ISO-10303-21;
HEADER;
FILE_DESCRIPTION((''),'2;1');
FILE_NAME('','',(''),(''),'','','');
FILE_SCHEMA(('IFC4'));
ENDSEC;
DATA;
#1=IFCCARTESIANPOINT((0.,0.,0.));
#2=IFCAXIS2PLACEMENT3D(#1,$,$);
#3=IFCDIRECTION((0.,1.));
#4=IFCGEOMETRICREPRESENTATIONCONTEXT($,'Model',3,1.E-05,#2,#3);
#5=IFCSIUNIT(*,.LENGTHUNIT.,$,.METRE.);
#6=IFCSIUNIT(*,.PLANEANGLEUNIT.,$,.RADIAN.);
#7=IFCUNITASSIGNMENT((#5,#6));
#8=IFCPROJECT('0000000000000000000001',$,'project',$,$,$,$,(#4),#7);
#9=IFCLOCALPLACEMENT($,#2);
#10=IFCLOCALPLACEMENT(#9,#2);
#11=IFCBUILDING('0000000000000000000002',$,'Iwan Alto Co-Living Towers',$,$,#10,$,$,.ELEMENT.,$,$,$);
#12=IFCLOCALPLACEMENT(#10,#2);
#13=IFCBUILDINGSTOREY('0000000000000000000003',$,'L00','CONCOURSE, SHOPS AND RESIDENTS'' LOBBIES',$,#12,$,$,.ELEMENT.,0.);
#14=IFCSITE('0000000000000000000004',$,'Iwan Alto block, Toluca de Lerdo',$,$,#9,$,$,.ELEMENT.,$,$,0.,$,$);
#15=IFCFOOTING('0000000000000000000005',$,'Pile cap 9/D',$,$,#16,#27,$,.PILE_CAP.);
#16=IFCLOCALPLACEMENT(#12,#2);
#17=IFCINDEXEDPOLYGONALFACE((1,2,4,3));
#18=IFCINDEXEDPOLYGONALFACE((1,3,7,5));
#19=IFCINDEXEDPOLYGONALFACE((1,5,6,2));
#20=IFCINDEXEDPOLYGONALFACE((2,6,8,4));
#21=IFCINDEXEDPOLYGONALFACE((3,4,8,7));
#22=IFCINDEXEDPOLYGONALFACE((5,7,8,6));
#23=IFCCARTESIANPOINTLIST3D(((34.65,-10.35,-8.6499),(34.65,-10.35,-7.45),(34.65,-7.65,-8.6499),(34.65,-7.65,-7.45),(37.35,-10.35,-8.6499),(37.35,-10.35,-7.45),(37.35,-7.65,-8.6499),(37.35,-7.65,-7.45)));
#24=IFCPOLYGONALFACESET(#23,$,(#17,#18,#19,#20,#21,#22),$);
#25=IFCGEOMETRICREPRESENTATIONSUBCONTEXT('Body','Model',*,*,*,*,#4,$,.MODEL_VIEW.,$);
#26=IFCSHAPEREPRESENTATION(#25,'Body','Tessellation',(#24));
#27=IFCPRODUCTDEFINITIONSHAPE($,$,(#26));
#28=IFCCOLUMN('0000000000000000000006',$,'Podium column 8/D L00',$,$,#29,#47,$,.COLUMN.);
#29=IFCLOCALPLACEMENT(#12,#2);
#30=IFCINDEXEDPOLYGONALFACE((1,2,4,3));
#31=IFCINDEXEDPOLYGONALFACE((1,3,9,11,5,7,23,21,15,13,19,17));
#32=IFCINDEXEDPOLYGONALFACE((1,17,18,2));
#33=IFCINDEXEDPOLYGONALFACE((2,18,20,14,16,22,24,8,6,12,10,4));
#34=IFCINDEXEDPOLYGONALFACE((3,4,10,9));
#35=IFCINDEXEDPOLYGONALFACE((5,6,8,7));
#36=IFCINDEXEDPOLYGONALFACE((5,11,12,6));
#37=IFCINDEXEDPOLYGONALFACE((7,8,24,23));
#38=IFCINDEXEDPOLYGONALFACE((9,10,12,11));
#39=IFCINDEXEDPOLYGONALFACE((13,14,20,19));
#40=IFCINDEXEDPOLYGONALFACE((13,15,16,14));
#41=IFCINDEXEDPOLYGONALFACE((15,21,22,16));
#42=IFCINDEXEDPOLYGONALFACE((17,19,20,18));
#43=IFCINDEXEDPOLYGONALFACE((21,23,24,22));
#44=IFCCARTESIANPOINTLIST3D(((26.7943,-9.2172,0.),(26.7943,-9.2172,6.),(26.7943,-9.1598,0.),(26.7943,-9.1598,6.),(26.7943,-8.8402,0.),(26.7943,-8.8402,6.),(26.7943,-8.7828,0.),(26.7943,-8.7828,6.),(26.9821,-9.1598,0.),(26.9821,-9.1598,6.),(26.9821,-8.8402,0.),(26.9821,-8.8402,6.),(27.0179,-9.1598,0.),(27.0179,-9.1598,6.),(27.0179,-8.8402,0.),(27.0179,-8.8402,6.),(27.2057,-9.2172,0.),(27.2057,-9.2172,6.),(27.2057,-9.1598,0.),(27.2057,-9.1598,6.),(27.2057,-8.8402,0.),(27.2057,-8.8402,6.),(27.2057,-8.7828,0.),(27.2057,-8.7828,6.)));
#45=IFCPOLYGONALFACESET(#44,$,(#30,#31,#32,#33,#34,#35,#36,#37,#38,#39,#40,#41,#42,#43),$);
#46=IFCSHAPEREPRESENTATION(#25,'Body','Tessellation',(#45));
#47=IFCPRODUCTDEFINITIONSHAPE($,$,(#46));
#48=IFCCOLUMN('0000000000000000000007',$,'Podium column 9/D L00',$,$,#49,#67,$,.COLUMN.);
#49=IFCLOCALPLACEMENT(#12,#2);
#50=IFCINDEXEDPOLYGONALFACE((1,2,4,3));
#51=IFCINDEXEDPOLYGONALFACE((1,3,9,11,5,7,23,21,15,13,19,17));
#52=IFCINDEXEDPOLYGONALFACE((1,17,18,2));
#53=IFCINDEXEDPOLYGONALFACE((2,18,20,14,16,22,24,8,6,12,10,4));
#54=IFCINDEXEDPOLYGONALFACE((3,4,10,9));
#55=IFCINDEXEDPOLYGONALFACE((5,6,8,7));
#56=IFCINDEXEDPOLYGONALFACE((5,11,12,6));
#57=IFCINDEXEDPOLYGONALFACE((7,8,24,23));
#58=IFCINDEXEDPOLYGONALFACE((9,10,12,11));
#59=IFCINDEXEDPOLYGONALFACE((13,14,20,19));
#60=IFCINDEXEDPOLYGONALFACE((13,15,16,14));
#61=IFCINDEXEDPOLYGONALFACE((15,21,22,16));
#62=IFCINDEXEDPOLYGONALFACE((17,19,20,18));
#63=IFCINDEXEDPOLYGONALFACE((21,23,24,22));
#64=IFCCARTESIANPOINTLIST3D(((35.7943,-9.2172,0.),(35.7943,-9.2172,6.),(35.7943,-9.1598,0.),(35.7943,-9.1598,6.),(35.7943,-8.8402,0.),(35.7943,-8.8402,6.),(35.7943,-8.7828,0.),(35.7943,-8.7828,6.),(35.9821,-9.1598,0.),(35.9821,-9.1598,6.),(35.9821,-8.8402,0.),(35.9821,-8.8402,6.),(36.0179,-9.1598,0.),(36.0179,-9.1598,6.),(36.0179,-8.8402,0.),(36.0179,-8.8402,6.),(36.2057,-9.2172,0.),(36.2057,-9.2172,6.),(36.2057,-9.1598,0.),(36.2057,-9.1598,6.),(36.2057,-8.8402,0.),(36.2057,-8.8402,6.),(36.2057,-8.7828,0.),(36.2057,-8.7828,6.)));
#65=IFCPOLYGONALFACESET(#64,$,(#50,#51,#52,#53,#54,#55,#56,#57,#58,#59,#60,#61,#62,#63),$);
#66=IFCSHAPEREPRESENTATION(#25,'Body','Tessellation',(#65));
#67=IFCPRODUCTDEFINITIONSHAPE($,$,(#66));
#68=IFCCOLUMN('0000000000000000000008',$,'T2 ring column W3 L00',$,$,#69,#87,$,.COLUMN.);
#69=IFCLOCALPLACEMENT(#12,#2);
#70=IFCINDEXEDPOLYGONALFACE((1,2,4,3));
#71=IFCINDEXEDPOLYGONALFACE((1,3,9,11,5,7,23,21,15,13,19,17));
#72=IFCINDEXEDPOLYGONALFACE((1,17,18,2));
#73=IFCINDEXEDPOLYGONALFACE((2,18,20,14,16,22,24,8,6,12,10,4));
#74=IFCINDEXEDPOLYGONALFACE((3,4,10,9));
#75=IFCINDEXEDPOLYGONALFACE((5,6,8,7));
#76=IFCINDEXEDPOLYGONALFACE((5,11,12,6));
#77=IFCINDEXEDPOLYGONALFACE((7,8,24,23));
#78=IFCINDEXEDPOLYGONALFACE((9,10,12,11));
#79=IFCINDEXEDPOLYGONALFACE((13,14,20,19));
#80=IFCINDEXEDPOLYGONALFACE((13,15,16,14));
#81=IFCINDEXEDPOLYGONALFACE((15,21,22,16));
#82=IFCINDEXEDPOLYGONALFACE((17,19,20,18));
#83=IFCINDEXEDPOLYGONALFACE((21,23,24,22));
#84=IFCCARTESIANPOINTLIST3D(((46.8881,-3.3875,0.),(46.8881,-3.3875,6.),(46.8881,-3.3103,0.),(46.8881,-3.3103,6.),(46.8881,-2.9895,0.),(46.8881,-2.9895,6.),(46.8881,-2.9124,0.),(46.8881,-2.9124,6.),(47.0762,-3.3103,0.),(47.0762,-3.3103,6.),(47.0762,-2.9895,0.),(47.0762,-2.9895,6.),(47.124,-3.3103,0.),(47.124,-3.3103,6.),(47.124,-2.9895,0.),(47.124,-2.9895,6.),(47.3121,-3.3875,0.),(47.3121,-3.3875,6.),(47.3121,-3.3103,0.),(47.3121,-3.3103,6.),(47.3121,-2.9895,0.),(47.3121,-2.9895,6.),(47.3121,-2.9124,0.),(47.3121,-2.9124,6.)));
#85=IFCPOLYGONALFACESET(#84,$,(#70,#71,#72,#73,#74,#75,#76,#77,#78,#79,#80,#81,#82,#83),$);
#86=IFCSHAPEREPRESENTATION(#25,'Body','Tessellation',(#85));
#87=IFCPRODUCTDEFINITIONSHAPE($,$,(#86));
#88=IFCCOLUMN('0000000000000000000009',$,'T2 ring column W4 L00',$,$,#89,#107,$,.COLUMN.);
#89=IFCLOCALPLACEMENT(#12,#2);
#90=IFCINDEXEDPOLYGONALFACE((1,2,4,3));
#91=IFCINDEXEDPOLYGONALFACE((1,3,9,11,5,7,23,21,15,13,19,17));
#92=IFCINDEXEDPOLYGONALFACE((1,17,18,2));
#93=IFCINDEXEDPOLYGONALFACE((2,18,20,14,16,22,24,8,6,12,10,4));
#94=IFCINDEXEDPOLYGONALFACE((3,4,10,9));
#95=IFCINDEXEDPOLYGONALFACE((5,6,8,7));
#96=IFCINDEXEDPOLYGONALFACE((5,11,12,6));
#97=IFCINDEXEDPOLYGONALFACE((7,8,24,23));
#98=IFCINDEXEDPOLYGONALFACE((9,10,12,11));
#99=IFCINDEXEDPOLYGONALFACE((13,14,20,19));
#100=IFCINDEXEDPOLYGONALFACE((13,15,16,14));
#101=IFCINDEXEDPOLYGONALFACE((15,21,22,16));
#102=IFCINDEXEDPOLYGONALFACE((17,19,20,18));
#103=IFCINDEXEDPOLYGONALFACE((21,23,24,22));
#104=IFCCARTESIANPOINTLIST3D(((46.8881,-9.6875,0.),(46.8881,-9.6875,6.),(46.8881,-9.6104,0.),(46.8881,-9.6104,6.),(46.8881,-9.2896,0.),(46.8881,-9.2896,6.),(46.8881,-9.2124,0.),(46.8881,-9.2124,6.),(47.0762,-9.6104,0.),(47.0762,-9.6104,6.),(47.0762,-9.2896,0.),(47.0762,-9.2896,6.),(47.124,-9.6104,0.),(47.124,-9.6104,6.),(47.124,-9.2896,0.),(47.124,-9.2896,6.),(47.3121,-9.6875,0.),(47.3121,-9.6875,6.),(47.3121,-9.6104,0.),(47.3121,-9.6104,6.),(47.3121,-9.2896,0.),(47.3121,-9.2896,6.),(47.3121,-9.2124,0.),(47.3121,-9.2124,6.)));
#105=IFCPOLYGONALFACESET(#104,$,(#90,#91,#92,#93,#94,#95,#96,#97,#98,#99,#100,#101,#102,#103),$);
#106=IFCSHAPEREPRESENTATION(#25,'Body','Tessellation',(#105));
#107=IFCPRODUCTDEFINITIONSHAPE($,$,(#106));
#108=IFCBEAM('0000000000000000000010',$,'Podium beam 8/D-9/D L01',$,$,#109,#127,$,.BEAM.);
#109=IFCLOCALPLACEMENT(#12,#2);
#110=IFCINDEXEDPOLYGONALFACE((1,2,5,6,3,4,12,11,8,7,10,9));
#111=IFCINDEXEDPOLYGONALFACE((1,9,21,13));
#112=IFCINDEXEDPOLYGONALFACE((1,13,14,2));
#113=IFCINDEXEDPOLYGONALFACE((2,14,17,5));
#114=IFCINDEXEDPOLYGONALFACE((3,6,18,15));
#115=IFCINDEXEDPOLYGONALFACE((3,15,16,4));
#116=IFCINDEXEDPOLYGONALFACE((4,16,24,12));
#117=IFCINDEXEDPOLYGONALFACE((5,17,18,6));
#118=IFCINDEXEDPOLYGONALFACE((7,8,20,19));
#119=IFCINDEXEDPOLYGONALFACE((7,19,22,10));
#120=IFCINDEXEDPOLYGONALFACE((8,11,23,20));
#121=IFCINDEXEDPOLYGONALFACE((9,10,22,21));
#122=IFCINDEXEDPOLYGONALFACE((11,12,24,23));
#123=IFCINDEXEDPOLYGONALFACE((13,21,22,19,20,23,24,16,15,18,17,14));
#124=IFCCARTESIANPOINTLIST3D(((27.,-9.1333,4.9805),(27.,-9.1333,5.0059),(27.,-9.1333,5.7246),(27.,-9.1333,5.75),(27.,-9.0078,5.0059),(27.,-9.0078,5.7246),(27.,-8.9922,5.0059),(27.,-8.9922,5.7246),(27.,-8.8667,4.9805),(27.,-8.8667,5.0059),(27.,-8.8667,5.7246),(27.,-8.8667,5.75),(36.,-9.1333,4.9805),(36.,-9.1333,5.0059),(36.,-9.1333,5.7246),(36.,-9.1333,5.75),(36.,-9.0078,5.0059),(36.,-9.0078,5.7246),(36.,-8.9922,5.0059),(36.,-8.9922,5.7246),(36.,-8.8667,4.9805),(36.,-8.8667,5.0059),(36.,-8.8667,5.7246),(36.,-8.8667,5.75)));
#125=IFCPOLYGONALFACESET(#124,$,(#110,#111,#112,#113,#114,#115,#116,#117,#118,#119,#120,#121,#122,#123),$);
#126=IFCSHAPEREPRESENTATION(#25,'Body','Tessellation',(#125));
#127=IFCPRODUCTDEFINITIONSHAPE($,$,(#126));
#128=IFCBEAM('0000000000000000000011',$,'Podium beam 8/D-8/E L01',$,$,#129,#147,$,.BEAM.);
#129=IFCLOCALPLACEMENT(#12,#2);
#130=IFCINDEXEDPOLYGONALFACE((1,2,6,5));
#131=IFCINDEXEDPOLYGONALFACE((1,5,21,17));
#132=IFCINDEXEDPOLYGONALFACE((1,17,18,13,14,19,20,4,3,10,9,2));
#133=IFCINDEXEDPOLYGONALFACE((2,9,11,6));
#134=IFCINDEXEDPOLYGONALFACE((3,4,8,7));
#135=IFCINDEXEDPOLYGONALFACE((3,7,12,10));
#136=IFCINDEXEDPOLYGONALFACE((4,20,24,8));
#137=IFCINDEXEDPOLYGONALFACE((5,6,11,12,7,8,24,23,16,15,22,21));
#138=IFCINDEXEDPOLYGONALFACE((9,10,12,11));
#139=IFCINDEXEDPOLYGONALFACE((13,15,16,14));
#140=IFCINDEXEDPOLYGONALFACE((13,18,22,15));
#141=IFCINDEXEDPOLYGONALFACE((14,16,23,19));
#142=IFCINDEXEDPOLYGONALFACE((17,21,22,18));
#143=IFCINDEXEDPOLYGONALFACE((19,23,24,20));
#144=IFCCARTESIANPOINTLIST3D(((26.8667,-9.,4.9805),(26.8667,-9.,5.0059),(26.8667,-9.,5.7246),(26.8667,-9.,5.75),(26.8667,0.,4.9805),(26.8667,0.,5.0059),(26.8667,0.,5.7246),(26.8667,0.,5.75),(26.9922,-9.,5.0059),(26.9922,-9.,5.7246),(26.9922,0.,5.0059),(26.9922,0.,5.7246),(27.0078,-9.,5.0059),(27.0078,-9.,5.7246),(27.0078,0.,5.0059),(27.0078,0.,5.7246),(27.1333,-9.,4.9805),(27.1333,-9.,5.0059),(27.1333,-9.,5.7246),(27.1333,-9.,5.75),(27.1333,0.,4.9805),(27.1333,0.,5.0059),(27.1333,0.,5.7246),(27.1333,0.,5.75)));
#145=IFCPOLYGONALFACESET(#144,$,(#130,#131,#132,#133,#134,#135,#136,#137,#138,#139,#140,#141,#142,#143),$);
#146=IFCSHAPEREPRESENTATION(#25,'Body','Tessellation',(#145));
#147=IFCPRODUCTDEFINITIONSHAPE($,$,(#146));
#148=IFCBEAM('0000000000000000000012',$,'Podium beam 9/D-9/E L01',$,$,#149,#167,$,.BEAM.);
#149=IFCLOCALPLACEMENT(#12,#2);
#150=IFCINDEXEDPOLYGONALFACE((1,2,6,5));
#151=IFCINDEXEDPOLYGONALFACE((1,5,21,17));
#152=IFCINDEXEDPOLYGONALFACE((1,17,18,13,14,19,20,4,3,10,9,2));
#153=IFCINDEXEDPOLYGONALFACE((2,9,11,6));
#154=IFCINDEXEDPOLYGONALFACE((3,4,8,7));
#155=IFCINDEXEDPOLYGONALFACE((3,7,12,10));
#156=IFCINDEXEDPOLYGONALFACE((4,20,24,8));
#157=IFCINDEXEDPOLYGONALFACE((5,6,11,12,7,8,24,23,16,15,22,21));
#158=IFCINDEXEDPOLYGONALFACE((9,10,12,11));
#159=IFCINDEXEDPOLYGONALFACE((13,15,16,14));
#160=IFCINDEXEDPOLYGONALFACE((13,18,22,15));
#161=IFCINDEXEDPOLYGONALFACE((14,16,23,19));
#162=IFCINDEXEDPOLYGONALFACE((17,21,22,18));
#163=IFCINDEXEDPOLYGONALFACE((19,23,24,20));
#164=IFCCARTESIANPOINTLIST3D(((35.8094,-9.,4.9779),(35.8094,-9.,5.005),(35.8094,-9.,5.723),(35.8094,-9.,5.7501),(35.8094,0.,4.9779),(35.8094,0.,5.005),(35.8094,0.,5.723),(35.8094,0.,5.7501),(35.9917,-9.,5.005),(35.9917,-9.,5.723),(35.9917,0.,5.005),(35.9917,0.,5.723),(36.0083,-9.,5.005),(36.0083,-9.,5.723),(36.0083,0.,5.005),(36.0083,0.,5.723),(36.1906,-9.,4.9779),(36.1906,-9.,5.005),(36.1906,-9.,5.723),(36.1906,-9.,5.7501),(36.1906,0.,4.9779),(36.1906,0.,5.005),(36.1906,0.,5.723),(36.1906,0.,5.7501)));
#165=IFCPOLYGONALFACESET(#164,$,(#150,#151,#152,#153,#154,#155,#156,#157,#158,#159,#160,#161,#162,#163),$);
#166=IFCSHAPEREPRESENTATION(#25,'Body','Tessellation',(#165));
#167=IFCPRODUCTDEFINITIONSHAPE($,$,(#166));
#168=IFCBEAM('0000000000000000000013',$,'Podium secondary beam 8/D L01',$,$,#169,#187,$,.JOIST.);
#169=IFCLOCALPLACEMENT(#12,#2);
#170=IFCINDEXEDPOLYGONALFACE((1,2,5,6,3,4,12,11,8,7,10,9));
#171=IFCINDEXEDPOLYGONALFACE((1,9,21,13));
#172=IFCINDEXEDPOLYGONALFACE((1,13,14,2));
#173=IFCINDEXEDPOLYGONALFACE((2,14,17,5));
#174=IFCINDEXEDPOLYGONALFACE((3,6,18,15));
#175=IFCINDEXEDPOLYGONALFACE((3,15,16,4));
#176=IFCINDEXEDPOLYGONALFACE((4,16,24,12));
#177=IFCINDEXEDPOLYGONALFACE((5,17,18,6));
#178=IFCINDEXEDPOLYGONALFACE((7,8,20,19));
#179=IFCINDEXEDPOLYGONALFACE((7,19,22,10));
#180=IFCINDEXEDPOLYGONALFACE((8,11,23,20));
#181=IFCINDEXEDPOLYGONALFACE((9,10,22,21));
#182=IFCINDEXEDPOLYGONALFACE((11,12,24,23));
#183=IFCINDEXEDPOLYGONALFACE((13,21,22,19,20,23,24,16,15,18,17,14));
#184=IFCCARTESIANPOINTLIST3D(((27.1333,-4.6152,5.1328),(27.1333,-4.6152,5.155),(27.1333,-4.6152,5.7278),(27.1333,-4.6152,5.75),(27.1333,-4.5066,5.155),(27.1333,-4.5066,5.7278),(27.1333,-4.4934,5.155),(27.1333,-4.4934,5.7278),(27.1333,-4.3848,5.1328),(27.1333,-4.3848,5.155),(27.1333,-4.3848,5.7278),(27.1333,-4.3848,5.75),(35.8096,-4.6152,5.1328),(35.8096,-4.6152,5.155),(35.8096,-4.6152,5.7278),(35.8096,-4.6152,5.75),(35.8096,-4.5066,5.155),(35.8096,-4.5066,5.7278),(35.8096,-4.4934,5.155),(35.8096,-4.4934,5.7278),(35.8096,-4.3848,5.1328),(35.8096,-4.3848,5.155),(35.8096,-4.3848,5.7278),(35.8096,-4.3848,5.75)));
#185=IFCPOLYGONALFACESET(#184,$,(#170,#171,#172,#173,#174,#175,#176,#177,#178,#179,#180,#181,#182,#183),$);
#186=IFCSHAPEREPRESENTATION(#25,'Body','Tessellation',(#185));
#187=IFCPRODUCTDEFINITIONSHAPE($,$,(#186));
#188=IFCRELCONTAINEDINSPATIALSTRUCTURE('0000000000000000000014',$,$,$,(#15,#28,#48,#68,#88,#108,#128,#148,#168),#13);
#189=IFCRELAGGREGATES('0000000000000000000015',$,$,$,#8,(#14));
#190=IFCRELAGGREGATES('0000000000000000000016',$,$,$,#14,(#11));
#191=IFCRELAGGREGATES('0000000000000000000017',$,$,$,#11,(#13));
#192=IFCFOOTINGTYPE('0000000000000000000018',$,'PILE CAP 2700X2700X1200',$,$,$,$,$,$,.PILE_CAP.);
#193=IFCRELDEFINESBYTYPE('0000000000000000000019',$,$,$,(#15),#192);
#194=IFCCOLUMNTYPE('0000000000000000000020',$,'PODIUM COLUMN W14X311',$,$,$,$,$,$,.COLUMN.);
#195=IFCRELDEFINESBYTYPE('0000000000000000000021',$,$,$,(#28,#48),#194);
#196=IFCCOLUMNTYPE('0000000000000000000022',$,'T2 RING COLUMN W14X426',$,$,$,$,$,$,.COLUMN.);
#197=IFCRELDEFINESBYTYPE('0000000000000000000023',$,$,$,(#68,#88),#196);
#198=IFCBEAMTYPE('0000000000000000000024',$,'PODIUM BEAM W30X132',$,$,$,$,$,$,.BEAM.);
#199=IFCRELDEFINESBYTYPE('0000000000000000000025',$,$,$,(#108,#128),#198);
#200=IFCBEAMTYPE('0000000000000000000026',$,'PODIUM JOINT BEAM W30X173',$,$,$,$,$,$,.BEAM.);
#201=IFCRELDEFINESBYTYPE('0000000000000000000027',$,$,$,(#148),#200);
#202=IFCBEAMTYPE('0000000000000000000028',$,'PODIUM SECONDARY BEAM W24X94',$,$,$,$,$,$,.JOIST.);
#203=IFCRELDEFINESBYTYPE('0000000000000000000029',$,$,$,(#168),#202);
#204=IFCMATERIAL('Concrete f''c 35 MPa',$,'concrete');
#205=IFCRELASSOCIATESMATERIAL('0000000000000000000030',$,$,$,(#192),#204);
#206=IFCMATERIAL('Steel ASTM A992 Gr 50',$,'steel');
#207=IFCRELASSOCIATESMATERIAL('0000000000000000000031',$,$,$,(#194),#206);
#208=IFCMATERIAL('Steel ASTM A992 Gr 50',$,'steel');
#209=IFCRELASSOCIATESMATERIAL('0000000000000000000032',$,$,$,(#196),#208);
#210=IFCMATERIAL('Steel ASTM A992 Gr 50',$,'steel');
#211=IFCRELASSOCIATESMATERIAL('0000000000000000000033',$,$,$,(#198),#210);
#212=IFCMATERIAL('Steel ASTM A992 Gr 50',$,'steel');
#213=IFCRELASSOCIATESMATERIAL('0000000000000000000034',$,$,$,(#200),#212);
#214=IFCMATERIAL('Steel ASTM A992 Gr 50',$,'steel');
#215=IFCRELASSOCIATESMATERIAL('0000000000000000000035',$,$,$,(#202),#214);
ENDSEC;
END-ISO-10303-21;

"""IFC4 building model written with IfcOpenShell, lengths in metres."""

from ifc_helpers import new_model, si_unit, direction, frame, origin, origin_2d, place, context, subcontext, project, spatial, rectangle, i_section, extrude, material, material_profile, profile_set, type_object, element, save


model = new_model("IFC4")

# Units and contexts
model_context = context("Model", 3, precision=1e-05, world=origin(), true_north=direction((0.0, 1.0)))
body_context = subcontext(model_context, "Body", "Model", "MODEL_VIEW")
ifc_project = project(units=[si_unit("LENGTHUNIT", "METRE"), si_unit("PLANEANGLEUNIT", "RADIAN")], contexts=[model_context])

# Site, building, storey
site_placement = place(None, origin())
site = spatial("IfcSite", under=ifc_project, at=site_placement, Name="Iwan Alto block, Toluca de Lerdo", CompositionType="ELEMENT", RefElevation=0.0)
building_placement = place(site_placement, origin())
building = spatial("IfcBuilding", under=site, at=building_placement, Name="Iwan Alto Co-Living Towers", CompositionType="ELEMENT")
storey_placement = place(building_placement, origin())
storey = spatial("IfcBuildingStorey", under=building, at=storey_placement, Name="L00", Description="CONCOURSE, SHOPS AND RESIDENTS' LOBBIES", CompositionType="ELEMENT", Elevation=0.0)

# Footing
ifc_material_1 = material(Name="Concrete f'c 35 MPa", Category="concrete")
footing_type = type_object("IfcFootingType", Name="PILE CAP 2700X2700X1200", PredefinedType="PILE_CAP", material=ifc_material_1)
footing_placement = place(storey_placement, frame((36.0, -9.0, -8.6499), z_axis=(0.0, 0.0, 1.0), x_axis=(1.0, 0.0, 0.0)))
element("IfcFooting", 1, at=footing_placement, inside=storey, type_object=footing_type, Name="Pile cap 9/D", PredefinedType="PILE_CAP", context=body_context, shape_type="SweptSolid", body=[
    extrude(rectangle(XDim=2.7, YDim=2.7, at=origin_2d()), origin(), (0.0, 0.0, 1.0), 1.2),
])

# Columns
ifc_material_2 = material(Name="Steel ASTM A992 Gr 50", Category="steel")
ifc_material_profile_1 = material_profile(ifc_material_2, i_section(OverallWidth=0.4114, OverallDepth=0.4343, WebThickness=0.0359, FlangeThickness=0.0574, at=origin_2d()), Name="W14X311")
ifc_profile_set_1 = profile_set([ifc_material_profile_1], Name="Steel ASTM A992 Gr 50")
column_type_1 = type_object("IfcColumnType", Name="PODIUM COLUMN W14X311", PredefinedType="COLUMN", material=ifc_profile_set_1)
for number, where, z_axis, x_axis, name in (
    (2, (27.0, -9.0, 0.0), (0.0, 0.0, 1.0), (1.0, 0.0, 0.0), "Podium column 8/D L00"),
    (3, (36.0, -9.0, 0.0), (0.0, 0.0, 1.0), (1.0, 0.0, 0.0), "Podium column 9/D L00"),
):
    element("IfcColumn", number, at=place(storey_placement, frame(where, z_axis=z_axis, x_axis=x_axis)), inside=storey, type_object=column_type_1, Name=name, PredefinedType="COLUMN", context=body_context, shape_type="SweptSolid", body=[
        extrude(i_section(OverallWidth=0.4114, OverallDepth=0.4343, WebThickness=0.0359, FlangeThickness=0.0574, at=origin_2d()), origin(), (0.0, 0.0, 1.0), 6.0),
    ])
ifc_material_3 = material(Name="Steel ASTM A992 Gr 50", Category="steel")
ifc_material_profile_2 = material_profile(ifc_material_3, i_section(OverallWidth=0.4241, OverallDepth=0.4751, WebThickness=0.0479, FlangeThickness=0.0771, at=origin_2d()), Name="W14X426")
ifc_profile_set_2 = profile_set([ifc_material_profile_2], Name="Steel ASTM A992 Gr 50")
column_type_2 = type_object("IfcColumnType", Name="T2 RING COLUMN W14X426", PredefinedType="COLUMN", material=ifc_profile_set_2)
for number, where, z_axis, x_axis, name in (
    (4, (47.1001, -3.1499, 0.0), (0.0, 0.0, 1.0), (1.0, 0.0, 0.0), "T2 ring column W3 L00"),
    (5, (47.1001, -9.45, 0.0), (0.0, 0.0, 1.0), (1.0, 0.0, 0.0), "T2 ring column W4 L00"),
):
    element("IfcColumn", number, at=place(storey_placement, frame(where, z_axis=z_axis, x_axis=x_axis)), inside=storey, type_object=column_type_2, Name=name, PredefinedType="COLUMN", context=body_context, shape_type="SweptSolid", body=[
        extrude(i_section(OverallWidth=0.4241, OverallDepth=0.4751, WebThickness=0.0479, FlangeThickness=0.0771, at=origin_2d()), origin(), (0.0, 0.0, 1.0), 6.0),
    ])

# Beams
ifc_material_4 = material(Name="Steel ASTM A992 Gr 50", Category="steel")
ifc_material_profile_3 = material_profile(ifc_material_4, i_section(OverallWidth=0.2666, OverallDepth=0.7695, WebThickness=0.0156, FlangeThickness=0.0254, at=origin_2d()), Name="W30X132")
ifc_profile_set_3 = profile_set([ifc_material_profile_3], Name="Steel ASTM A992 Gr 50")
beam_type_1 = type_object("IfcBeamType", Name="PODIUM BEAM W30X132", PredefinedType="BEAM", material=ifc_profile_set_3)
for number, where, z_axis, x_axis, name in (
    (6, (27.0, -9.0, 5.3652), (1.0, 0.0, 0.0), (0.0, 1.0, 0.0), "Podium beam 8/D-9/D L01"),
    (7, (27.0, -9.0, 5.3652), (0.0, 1.0, 0.0), (-1.0, 0.0, 0.0), "Podium beam 8/D-8/E L01"),
):
    element("IfcBeam", number, at=place(storey_placement, frame(where, z_axis=z_axis, x_axis=x_axis)), inside=storey, type_object=beam_type_1, Name=name, PredefinedType="BEAM", context=body_context, shape_type="SweptSolid", body=[
        extrude(i_section(OverallWidth=0.2666, OverallDepth=0.7695, WebThickness=0.0156, FlangeThickness=0.0254, at=origin_2d()), origin(), (0.0, 0.0, 1.0), 9.0),
    ])
ifc_material_5 = material(Name="Steel ASTM A992 Gr 50", Category="steel")
ifc_material_profile_4 = material_profile(ifc_material_5, i_section(OverallWidth=0.3811, OverallDepth=0.7722, WebThickness=0.0166, FlangeThickness=0.0271, at=origin_2d()), Name="W30X173")
ifc_profile_set_4 = profile_set([ifc_material_profile_4], Name="Steel ASTM A992 Gr 50")
beam_type_2 = type_object("IfcBeamType", Name="PODIUM JOINT BEAM W30X173", PredefinedType="BEAM", material=ifc_profile_set_4)
beam_1_placement = place(storey_placement, frame((36.0, -9.0, 5.364), z_axis=(0.0, 1.0, 0.0), x_axis=(-1.0, 0.0, 0.0)))
element("IfcBeam", 8, at=beam_1_placement, inside=storey, type_object=beam_type_2, Name="Podium beam 9/D-9/E L01", PredefinedType="BEAM", context=body_context, shape_type="SweptSolid", body=[
    extrude(i_section(OverallWidth=0.3811, OverallDepth=0.7722, WebThickness=0.0166, FlangeThickness=0.0271, at=origin_2d()), origin(), (0.0, 0.0, 1.0), 9.0),
])
ifc_material_6 = material(Name="Steel ASTM A992 Gr 50", Category="steel")
ifc_material_profile_5 = material_profile(ifc_material_6, i_section(OverallWidth=0.2305, OverallDepth=0.6172, WebThickness=0.0132, FlangeThickness=0.0222, at=origin_2d()), Name="W24X94")
ifc_profile_set_5 = profile_set([ifc_material_profile_5], Name="Steel ASTM A992 Gr 50")
beam_type_3 = type_object("IfcBeamType", Name="PODIUM SECONDARY BEAM W24X94", PredefinedType="JOIST", material=ifc_profile_set_5)
beam_2_placement = place(storey_placement, frame((27.1333, -4.5, 5.4414), z_axis=(1.0, 0.0, 0.0), x_axis=(0.0, 1.0, 0.0)))
element("IfcBeam", 9, at=beam_2_placement, inside=storey, type_object=beam_type_3, Name="Podium secondary beam 8/D L01", PredefinedType="JOIST", context=body_context, shape_type="SweptSolid", body=[
    extrude(i_section(OverallWidth=0.2305, OverallDepth=0.6172, WebThickness=0.0132, FlangeThickness=0.0222, at=origin_2d()), origin(), (0.0, 0.0, 1.0), 8.6763),
])

save(model, "model.ifc")
